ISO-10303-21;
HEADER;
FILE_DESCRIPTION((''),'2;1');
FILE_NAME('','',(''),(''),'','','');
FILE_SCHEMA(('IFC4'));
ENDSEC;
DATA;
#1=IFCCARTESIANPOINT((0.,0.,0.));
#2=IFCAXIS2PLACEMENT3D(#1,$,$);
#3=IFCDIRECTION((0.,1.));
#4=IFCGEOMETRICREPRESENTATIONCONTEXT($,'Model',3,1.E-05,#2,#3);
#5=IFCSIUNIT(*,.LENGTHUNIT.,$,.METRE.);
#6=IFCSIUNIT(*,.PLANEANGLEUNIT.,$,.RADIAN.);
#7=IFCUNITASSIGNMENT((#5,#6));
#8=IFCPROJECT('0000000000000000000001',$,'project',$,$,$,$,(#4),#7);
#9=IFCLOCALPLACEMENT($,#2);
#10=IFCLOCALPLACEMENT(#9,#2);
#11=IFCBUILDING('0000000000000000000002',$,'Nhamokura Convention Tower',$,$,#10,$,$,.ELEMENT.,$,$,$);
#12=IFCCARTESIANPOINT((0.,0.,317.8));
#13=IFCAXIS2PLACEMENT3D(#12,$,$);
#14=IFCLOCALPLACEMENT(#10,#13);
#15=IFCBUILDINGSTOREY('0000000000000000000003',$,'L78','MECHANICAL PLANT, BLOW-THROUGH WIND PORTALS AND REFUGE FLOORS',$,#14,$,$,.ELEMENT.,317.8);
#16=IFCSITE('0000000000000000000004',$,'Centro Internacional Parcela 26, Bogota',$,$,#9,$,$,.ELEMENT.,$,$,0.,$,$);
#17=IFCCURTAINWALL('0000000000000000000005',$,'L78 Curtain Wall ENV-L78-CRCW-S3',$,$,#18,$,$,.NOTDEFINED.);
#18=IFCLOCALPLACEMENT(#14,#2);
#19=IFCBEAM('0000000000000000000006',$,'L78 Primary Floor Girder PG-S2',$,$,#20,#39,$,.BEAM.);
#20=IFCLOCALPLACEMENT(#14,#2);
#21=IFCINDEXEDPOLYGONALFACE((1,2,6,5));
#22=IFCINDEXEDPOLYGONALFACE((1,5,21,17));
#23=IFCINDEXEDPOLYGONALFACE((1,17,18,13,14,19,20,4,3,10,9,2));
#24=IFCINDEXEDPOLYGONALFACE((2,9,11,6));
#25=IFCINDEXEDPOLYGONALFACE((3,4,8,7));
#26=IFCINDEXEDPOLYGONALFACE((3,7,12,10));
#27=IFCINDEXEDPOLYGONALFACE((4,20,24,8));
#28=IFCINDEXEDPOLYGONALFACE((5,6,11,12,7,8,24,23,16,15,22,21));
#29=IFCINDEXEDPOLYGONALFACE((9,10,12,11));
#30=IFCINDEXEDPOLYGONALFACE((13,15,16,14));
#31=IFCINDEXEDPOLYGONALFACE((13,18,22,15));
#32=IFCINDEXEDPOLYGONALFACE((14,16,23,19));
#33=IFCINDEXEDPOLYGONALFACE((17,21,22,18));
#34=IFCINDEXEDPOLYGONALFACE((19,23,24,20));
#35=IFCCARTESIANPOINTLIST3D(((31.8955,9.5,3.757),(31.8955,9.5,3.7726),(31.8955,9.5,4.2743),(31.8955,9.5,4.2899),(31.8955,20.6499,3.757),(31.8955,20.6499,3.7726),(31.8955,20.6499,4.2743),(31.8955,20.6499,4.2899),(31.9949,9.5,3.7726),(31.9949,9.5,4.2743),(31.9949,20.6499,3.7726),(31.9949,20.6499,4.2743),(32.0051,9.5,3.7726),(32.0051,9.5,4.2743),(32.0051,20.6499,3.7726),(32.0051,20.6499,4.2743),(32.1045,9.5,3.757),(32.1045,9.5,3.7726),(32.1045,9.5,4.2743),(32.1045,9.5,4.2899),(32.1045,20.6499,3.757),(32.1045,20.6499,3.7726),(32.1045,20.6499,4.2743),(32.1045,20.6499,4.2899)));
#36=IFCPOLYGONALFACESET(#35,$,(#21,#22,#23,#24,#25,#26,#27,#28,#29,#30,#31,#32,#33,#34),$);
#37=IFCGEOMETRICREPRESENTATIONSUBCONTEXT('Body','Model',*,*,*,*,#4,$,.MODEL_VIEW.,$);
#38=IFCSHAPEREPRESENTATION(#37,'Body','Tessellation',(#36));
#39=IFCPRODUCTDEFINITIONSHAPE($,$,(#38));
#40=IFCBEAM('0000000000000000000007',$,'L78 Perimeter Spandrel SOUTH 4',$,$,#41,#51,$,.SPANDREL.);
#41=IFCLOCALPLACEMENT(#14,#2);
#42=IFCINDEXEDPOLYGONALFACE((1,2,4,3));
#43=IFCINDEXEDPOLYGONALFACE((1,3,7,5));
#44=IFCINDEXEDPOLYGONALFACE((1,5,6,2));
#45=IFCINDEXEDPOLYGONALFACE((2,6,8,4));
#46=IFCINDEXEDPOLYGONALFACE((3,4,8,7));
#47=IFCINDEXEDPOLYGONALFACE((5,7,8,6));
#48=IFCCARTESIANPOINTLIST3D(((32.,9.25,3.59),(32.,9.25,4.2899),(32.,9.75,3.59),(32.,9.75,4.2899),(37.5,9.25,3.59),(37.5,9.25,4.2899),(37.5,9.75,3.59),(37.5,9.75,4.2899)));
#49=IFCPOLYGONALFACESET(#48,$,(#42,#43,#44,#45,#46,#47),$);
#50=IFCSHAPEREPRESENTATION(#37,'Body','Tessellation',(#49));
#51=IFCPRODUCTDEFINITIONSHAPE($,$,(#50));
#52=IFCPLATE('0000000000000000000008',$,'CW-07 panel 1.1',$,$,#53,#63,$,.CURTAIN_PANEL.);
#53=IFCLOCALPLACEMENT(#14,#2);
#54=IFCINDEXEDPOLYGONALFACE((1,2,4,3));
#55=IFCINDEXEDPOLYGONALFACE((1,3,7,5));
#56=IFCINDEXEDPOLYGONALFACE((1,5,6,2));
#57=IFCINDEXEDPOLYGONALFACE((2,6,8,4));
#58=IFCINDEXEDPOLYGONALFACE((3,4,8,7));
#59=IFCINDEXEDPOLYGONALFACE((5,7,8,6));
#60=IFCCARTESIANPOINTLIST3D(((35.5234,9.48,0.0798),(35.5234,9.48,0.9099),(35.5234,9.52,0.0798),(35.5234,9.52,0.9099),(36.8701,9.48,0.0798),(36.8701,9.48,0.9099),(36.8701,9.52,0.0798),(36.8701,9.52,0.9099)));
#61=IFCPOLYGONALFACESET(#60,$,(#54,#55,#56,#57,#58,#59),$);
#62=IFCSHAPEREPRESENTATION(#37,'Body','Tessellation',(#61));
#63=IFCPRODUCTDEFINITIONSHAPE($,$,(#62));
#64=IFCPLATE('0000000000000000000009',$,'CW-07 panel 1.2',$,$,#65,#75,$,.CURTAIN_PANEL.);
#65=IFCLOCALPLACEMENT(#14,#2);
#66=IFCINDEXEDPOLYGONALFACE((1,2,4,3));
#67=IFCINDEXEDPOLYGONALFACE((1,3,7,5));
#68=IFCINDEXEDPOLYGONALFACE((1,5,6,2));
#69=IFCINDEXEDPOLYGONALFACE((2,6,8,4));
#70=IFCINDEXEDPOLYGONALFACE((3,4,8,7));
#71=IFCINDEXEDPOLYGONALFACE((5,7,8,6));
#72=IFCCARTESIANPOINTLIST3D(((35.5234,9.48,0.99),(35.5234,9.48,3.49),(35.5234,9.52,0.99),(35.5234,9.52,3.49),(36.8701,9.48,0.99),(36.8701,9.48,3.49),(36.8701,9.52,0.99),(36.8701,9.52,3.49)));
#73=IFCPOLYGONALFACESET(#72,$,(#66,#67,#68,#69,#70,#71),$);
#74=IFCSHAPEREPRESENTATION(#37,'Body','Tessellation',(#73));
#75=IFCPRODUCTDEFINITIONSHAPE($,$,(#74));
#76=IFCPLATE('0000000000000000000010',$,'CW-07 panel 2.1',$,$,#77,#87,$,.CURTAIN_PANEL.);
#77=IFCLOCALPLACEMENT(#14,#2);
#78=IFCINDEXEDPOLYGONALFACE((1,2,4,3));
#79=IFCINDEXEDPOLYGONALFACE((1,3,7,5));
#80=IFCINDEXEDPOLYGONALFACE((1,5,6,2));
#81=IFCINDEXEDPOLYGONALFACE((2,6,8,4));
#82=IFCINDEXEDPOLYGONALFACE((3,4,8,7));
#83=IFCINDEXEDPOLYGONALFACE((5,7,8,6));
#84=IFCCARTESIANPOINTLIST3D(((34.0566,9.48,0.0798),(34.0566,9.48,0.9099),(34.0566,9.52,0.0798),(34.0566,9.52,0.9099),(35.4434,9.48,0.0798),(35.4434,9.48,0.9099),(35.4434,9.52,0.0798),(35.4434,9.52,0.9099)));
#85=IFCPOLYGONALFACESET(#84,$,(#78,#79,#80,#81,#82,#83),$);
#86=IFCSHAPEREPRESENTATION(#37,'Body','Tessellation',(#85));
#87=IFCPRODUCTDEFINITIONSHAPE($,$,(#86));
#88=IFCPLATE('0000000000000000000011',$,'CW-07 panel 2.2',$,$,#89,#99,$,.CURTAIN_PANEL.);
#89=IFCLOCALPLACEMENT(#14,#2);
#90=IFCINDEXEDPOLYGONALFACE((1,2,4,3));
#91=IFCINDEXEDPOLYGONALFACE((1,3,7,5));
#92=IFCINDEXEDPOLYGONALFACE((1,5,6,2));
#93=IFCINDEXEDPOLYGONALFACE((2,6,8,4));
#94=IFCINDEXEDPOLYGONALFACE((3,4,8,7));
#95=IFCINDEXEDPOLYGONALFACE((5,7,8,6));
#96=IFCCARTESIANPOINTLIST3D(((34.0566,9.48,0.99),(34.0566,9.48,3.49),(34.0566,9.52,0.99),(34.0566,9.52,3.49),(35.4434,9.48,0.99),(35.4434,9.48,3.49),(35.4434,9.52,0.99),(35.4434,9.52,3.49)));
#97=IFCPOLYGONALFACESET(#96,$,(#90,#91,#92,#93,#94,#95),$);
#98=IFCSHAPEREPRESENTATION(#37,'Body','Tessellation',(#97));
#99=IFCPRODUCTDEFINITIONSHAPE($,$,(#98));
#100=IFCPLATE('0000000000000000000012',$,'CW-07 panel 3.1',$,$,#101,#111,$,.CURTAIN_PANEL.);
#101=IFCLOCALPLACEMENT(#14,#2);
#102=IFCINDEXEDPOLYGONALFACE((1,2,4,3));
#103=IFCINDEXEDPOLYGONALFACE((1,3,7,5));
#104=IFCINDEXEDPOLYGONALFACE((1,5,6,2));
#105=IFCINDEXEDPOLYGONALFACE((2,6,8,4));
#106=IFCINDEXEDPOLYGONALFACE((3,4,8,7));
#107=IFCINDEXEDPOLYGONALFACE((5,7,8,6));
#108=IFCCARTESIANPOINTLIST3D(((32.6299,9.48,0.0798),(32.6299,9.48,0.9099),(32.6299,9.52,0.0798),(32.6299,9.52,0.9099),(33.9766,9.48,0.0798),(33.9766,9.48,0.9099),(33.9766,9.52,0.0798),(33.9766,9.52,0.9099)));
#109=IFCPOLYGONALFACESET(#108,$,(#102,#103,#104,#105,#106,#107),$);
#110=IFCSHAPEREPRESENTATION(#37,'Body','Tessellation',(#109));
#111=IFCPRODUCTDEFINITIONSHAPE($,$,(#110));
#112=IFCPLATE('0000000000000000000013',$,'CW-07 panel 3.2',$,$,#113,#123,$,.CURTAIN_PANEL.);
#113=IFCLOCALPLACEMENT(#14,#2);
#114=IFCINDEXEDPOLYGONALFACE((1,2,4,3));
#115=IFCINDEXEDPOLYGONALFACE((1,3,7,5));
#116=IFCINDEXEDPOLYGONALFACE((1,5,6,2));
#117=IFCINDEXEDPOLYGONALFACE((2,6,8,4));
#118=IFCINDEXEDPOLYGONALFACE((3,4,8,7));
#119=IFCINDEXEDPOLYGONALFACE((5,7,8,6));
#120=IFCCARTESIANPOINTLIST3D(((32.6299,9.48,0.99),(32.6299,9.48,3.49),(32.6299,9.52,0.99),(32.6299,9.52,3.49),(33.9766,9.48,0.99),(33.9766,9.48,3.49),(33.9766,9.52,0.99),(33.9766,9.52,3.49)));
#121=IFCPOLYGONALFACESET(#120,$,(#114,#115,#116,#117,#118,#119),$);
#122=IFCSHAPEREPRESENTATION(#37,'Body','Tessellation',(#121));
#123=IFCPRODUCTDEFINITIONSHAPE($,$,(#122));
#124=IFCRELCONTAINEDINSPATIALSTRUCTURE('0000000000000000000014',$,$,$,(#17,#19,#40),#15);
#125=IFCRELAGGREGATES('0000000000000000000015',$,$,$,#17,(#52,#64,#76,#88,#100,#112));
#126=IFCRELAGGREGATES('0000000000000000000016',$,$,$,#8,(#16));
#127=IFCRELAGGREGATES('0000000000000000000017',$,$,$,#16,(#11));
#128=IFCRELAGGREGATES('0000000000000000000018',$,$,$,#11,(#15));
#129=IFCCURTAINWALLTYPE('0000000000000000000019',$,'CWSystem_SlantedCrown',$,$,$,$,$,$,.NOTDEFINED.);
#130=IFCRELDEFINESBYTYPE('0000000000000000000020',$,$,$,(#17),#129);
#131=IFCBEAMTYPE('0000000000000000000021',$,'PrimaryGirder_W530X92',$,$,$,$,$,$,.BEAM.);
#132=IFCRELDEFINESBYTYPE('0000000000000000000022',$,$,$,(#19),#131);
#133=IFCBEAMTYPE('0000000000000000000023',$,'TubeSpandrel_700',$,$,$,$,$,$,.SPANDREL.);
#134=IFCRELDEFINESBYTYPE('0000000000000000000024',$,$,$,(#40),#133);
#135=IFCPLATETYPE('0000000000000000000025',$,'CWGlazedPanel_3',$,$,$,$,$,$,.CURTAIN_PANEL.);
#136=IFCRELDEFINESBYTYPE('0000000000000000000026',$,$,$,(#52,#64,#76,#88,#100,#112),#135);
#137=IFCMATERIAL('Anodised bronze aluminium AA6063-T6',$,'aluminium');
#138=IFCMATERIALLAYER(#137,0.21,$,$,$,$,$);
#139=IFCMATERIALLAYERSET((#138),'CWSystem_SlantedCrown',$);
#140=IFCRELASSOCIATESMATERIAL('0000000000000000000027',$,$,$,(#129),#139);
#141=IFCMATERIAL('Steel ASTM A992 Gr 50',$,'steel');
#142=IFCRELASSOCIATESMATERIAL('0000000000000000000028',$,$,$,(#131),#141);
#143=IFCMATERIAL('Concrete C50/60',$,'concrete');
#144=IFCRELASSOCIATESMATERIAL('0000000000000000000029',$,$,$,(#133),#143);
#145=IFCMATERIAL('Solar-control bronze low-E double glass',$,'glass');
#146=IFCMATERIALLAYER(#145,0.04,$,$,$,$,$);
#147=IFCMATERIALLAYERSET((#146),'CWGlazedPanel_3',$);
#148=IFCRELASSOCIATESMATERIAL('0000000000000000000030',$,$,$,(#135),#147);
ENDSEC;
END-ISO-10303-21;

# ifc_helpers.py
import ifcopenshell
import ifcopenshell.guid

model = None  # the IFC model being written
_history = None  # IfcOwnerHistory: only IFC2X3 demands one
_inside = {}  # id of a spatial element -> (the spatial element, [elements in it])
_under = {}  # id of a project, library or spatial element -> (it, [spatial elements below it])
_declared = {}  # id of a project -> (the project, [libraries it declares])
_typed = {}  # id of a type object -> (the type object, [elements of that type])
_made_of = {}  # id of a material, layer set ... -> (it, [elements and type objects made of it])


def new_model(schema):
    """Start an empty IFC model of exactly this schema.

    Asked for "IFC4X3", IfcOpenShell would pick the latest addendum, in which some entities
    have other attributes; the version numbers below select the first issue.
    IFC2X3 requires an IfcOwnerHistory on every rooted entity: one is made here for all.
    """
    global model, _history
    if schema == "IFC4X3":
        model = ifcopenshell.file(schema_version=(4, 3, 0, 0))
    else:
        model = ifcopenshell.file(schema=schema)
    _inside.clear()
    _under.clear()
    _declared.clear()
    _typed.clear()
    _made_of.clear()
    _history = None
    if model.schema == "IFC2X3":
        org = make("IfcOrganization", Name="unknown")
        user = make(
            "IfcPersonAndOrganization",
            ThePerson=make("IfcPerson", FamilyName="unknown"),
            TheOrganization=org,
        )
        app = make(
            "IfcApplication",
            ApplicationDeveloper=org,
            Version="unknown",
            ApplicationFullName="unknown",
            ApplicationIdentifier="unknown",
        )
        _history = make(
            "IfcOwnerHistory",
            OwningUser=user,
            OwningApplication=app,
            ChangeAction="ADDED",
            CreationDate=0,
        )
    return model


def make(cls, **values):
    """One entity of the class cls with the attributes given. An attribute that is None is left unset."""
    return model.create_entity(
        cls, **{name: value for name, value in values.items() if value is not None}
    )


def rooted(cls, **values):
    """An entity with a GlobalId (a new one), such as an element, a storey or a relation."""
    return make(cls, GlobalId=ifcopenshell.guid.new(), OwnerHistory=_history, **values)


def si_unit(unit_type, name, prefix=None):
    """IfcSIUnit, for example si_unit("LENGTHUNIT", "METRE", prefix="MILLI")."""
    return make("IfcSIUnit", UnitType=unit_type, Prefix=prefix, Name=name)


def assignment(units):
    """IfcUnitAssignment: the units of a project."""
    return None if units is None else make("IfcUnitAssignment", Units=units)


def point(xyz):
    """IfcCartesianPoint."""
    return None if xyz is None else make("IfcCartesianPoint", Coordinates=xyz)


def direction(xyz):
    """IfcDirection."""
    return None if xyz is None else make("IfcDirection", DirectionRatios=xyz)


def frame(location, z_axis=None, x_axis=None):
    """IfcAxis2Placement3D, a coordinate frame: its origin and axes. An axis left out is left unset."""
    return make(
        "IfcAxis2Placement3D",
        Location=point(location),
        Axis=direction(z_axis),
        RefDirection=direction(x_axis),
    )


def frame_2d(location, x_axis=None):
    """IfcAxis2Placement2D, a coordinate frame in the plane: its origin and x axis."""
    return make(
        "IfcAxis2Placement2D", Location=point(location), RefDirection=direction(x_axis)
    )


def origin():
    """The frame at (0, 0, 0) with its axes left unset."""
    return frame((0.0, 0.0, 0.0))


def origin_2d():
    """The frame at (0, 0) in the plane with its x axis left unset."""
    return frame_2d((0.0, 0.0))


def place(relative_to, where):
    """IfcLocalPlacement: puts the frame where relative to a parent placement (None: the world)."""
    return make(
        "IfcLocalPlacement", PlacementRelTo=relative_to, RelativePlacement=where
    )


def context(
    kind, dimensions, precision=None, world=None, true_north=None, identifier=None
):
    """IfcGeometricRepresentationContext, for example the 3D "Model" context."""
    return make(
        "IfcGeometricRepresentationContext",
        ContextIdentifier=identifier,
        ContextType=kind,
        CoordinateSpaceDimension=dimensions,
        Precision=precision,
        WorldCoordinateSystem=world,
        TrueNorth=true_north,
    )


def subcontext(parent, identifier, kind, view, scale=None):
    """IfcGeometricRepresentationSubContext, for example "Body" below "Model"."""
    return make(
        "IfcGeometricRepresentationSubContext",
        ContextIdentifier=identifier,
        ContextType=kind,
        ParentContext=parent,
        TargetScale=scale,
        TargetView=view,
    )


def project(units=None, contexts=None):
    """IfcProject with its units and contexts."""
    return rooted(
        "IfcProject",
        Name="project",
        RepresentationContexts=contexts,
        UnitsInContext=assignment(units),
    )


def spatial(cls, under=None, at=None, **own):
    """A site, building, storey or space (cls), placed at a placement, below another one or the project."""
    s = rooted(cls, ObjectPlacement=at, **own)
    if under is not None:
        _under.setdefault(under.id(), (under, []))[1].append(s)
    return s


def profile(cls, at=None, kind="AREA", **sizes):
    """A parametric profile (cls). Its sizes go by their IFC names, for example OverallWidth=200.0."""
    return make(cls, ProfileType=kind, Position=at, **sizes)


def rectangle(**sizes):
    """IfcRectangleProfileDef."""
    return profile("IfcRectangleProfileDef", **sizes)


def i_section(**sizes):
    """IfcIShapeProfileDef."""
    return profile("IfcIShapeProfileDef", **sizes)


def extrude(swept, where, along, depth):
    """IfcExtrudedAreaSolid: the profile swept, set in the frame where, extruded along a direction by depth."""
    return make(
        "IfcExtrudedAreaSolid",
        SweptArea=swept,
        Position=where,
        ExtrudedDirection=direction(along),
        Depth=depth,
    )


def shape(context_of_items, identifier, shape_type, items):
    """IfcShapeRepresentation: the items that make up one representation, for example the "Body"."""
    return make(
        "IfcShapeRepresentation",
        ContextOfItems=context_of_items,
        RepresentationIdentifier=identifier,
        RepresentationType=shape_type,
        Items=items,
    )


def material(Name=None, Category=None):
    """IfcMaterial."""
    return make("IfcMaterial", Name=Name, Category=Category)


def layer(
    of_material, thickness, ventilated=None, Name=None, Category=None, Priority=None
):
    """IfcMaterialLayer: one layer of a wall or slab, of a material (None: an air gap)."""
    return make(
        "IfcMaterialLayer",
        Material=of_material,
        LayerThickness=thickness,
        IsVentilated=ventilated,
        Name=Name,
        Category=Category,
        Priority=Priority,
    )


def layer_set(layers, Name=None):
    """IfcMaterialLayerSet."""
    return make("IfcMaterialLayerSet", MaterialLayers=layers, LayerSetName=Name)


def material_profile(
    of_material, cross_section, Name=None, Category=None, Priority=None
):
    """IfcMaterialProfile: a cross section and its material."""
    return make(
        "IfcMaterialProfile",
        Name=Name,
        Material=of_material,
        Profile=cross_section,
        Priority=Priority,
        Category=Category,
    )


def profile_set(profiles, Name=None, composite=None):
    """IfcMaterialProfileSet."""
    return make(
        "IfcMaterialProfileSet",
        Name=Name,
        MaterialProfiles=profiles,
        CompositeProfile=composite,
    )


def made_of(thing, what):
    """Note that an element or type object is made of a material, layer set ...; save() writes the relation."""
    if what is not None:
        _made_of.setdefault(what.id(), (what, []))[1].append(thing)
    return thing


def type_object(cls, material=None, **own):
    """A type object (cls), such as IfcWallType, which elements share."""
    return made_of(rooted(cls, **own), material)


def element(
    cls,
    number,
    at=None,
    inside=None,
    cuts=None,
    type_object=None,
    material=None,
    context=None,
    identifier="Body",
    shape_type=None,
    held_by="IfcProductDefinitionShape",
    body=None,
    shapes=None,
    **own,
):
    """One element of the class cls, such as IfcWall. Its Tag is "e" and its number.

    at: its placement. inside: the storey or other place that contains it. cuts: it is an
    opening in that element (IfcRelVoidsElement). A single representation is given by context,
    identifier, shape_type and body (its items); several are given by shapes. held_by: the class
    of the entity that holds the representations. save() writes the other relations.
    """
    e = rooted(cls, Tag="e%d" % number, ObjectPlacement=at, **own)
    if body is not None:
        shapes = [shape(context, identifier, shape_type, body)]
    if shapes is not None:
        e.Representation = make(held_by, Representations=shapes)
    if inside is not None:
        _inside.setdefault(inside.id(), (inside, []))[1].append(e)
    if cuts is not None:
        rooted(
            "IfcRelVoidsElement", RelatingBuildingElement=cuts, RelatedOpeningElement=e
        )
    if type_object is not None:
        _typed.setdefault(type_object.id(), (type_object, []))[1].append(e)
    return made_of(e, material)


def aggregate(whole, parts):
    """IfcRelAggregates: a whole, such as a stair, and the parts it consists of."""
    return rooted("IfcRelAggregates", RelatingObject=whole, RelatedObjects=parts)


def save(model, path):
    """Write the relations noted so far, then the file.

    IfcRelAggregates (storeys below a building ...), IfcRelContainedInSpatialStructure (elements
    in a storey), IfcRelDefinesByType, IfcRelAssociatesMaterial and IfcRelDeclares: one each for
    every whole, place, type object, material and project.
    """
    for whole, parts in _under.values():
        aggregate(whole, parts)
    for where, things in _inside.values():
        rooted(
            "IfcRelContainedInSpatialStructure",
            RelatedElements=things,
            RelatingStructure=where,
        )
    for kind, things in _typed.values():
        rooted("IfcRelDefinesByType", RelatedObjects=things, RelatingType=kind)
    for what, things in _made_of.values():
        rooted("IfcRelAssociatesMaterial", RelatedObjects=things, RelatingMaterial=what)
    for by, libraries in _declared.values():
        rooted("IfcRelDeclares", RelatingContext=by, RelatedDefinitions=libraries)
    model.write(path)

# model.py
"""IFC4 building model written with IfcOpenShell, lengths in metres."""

from ifc_helpers import new_model, si_unit, direction, frame, origin, origin_2d, place, context, subcontext, project, spatial, rectangle, i_section, extrude, material, layer, layer_set, material_profile, profile_set, type_object, element, aggregate, save


model = new_model("IFC4")

# Units and contexts
model_context = context("Model", 3, precision=1e-05, world=origin(), true_north=direction((0.0, 1.0)))
body_context = subcontext(model_context, "Body", "Model", "MODEL_VIEW")
ifc_project = project(units=[si_unit("LENGTHUNIT", "METRE"), si_unit("PLANEANGLEUNIT", "RADIAN")], contexts=[model_context])

# Site, building, storey
site_placement = place(None, origin())
site = spatial("IfcSite", under=ifc_project, at=site_placement, Name="Centro Internacional Parcela 26, Bogota", CompositionType="ELEMENT", RefElevation=0.0)
building_placement = place(site_placement, origin())
building = spatial("IfcBuilding", under=site, at=building_placement, Name="Nhamokura Convention Tower", CompositionType="ELEMENT")
storey_placement = place(building_placement, frame((0.0, 0.0, 317.8)))
storey = spatial("IfcBuildingStorey", under=building, at=storey_placement, Name="L78", Description="MECHANICAL PLANT, BLOW-THROUGH WIND PORTALS AND REFUGE FLOORS", CompositionType="ELEMENT", Elevation=317.8)

# Shared definitions
ifc_material_1 = material(Name="Anodised bronze aluminium AA6063-T6", Category="aluminium")
ifc_layer_1 = layer(ifc_material_1, 0.21)
ifc_layer_set_1 = layer_set([ifc_layer_1], Name="CWSystem_SlantedCrown")
curtain_wall_type = type_object("IfcCurtainWallType", Name="CWSystem_SlantedCrown", PredefinedType="NOTDEFINED", material=ifc_layer_set_1)

# Curtain wall
curtain_wall_1_placement = place(storey_placement, origin())
curtain_wall_1 = element("IfcCurtainWall", 1, at=curtain_wall_1_placement, inside=storey, type_object=curtain_wall_type, Name="L78 Curtain Wall ENV-L78-CRCW-S3", PredefinedType="NOTDEFINED")

# Beams
ifc_material_2 = material(Name="Steel ASTM A992 Gr 50", Category="steel")
ifc_material_profile_1 = material_profile(ifc_material_2, i_section(OverallWidth=0.209, OverallDepth=0.533, WebThickness=0.0103, FlangeThickness=0.0156, at=origin_2d()))
ifc_profile_set_1 = profile_set([ifc_material_profile_1], Name="Steel ASTM A992 Gr 50")
beam_type_1 = type_object("IfcBeamType", Name="PrimaryGirder_W530X92", PredefinedType="BEAM", material=ifc_profile_set_1)
beam_1_placement = place(storey_placement, frame((32.0, 9.5, 4.0234), z_axis=(0.0, 1.0, 0.0), x_axis=(-1.0, 0.0, 0.0)))
element("IfcBeam", 2, at=beam_1_placement, inside=storey, type_object=beam_type_1, Name="L78 Primary Floor Girder PG-S2", PredefinedType="BEAM", context=body_context, shape_type="SweptSolid", body=[
    extrude(i_section(OverallWidth=0.209, OverallDepth=0.533, WebThickness=0.0103, FlangeThickness=0.0156, at=origin_2d()), origin(), (0.0, 0.0, 1.0), 11.1499),
])
ifc_material_3 = material(Name="Concrete C50/60", Category="concrete")
ifc_material_profile_2 = material_profile(ifc_material_3, rectangle(XDim=0.5, YDim=0.7, at=origin_2d()))
ifc_profile_set_2 = profile_set([ifc_material_profile_2], Name="Concrete C50/60")
beam_type_2 = type_object("IfcBeamType", Name="TubeSpandrel_700", PredefinedType="SPANDREL", material=ifc_profile_set_2)
beam_2_placement = place(storey_placement, frame((32.0, 9.5, 3.9399), z_axis=(1.0, 0.0, 0.0), x_axis=(0.0, 1.0, 0.0)))
element("IfcBeam", 3, at=beam_2_placement, inside=storey, type_object=beam_type_2, Name="L78 Perimeter Spandrel SOUTH 4", PredefinedType="SPANDREL", context=body_context, shape_type="SweptSolid", body=[
    extrude(rectangle(XDim=0.5, YDim=0.7, at=origin_2d()), origin(), (0.0, 0.0, 1.0), 5.5),
])

# Plates
ifc_material_4 = material(Name="Solar-control bronze low-E double glass", Category="glass")
ifc_layer_2 = layer(ifc_material_4, 0.04)
ifc_layer_set_2 = layer_set([ifc_layer_2], Name="CWGlazedPanel_3")
plate_type = type_object("IfcPlateType", Name="CWGlazedPanel_3", PredefinedType="CURTAIN_PANEL", material=ifc_layer_set_2)
plate_1_placement = place(storey_placement, frame((36.1968, 9.5, 0.0798), z_axis=(0.0, 0.0, 1.0), x_axis=(-1.0, 0.0, 0.0)))
plate_1 = element("IfcPlate", 4, at=plate_1_placement, type_object=plate_type, Name="CW-07 panel 1.1", PredefinedType="CURTAIN_PANEL", context=body_context, shape_type="SweptSolid", body=[
    extrude(rectangle(XDim=1.3467, YDim=0.04, at=origin_2d()), origin(), (0.0, 0.0, 1.0), 0.8301),
])
plate_2_placement = place(storey_placement, frame((36.1968, 9.5, 0.99), z_axis=(0.0, 0.0, 1.0), x_axis=(-1.0, 0.0, 0.0)))
plate_2 = element("IfcPlate", 5, at=plate_2_placement, type_object=plate_type, Name="CW-07 panel 1.2", PredefinedType="CURTAIN_PANEL", context=body_context, shape_type="SweptSolid", body=[
    extrude(rectangle(XDim=1.3467, YDim=0.04, at=origin_2d()), origin(), (0.0, 0.0, 1.0), 2.5),
])
plate_3_placement = place(storey_placement, frame((34.75, 9.5, 0.0798), z_axis=(0.0, 0.0, 1.0), x_axis=(-1.0, 0.0, 0.0)))
plate_3 = element("IfcPlate", 6, at=plate_3_placement, type_object=plate_type, Name="CW-07 panel 2.1", PredefinedType="CURTAIN_PANEL", context=body_context, shape_type="SweptSolid", body=[
    extrude(rectangle(XDim=1.3867, YDim=0.04, at=origin_2d()), origin(), (0.0, 0.0, 1.0), 0.8301),
])
plate_4_placement = place(storey_placement, frame((34.75, 9.5, 0.99), z_axis=(0.0, 0.0, 1.0), x_axis=(-1.0, 0.0, 0.0)))
plate_4 = element("IfcPlate", 7, at=plate_4_placement, type_object=plate_type, Name="CW-07 panel 2.2", PredefinedType="CURTAIN_PANEL", context=body_context, shape_type="SweptSolid", body=[
    extrude(rectangle(XDim=1.3867, YDim=0.04, at=origin_2d()), origin(), (0.0, 0.0, 1.0), 2.5),
])
plate_5_placement = place(storey_placement, frame((33.3032, 9.5, 0.0798), z_axis=(0.0, 0.0, 1.0), x_axis=(-1.0, 0.0, 0.0)))
plate_5 = element("IfcPlate", 8, at=plate_5_placement, type_object=plate_type, Name="CW-07 panel 3.1", PredefinedType="CURTAIN_PANEL", context=body_context, shape_type="SweptSolid", body=[
    extrude(rectangle(XDim=1.3467, YDim=0.04, at=origin_2d()), origin(), (0.0, 0.0, 1.0), 0.8301),
])
plate_6_placement = place(storey_placement, frame((33.3032, 9.5, 0.99), z_axis=(0.0, 0.0, 1.0), x_axis=(-1.0, 0.0, 0.0)))
plate_6 = element("IfcPlate", 9, at=plate_6_placement, type_object=plate_type, Name="CW-07 panel 3.2", PredefinedType="CURTAIN_PANEL", context=body_context, shape_type="SweptSolid", body=[
    extrude(rectangle(XDim=1.3467, YDim=0.04, at=origin_2d()), origin(), (0.0, 0.0, 1.0), 2.5),
])
aggregate(curtain_wall_1, [plate_1, plate_2, plate_3, plate_4, plate_5, plate_6])

save(model, "model.ifc")
